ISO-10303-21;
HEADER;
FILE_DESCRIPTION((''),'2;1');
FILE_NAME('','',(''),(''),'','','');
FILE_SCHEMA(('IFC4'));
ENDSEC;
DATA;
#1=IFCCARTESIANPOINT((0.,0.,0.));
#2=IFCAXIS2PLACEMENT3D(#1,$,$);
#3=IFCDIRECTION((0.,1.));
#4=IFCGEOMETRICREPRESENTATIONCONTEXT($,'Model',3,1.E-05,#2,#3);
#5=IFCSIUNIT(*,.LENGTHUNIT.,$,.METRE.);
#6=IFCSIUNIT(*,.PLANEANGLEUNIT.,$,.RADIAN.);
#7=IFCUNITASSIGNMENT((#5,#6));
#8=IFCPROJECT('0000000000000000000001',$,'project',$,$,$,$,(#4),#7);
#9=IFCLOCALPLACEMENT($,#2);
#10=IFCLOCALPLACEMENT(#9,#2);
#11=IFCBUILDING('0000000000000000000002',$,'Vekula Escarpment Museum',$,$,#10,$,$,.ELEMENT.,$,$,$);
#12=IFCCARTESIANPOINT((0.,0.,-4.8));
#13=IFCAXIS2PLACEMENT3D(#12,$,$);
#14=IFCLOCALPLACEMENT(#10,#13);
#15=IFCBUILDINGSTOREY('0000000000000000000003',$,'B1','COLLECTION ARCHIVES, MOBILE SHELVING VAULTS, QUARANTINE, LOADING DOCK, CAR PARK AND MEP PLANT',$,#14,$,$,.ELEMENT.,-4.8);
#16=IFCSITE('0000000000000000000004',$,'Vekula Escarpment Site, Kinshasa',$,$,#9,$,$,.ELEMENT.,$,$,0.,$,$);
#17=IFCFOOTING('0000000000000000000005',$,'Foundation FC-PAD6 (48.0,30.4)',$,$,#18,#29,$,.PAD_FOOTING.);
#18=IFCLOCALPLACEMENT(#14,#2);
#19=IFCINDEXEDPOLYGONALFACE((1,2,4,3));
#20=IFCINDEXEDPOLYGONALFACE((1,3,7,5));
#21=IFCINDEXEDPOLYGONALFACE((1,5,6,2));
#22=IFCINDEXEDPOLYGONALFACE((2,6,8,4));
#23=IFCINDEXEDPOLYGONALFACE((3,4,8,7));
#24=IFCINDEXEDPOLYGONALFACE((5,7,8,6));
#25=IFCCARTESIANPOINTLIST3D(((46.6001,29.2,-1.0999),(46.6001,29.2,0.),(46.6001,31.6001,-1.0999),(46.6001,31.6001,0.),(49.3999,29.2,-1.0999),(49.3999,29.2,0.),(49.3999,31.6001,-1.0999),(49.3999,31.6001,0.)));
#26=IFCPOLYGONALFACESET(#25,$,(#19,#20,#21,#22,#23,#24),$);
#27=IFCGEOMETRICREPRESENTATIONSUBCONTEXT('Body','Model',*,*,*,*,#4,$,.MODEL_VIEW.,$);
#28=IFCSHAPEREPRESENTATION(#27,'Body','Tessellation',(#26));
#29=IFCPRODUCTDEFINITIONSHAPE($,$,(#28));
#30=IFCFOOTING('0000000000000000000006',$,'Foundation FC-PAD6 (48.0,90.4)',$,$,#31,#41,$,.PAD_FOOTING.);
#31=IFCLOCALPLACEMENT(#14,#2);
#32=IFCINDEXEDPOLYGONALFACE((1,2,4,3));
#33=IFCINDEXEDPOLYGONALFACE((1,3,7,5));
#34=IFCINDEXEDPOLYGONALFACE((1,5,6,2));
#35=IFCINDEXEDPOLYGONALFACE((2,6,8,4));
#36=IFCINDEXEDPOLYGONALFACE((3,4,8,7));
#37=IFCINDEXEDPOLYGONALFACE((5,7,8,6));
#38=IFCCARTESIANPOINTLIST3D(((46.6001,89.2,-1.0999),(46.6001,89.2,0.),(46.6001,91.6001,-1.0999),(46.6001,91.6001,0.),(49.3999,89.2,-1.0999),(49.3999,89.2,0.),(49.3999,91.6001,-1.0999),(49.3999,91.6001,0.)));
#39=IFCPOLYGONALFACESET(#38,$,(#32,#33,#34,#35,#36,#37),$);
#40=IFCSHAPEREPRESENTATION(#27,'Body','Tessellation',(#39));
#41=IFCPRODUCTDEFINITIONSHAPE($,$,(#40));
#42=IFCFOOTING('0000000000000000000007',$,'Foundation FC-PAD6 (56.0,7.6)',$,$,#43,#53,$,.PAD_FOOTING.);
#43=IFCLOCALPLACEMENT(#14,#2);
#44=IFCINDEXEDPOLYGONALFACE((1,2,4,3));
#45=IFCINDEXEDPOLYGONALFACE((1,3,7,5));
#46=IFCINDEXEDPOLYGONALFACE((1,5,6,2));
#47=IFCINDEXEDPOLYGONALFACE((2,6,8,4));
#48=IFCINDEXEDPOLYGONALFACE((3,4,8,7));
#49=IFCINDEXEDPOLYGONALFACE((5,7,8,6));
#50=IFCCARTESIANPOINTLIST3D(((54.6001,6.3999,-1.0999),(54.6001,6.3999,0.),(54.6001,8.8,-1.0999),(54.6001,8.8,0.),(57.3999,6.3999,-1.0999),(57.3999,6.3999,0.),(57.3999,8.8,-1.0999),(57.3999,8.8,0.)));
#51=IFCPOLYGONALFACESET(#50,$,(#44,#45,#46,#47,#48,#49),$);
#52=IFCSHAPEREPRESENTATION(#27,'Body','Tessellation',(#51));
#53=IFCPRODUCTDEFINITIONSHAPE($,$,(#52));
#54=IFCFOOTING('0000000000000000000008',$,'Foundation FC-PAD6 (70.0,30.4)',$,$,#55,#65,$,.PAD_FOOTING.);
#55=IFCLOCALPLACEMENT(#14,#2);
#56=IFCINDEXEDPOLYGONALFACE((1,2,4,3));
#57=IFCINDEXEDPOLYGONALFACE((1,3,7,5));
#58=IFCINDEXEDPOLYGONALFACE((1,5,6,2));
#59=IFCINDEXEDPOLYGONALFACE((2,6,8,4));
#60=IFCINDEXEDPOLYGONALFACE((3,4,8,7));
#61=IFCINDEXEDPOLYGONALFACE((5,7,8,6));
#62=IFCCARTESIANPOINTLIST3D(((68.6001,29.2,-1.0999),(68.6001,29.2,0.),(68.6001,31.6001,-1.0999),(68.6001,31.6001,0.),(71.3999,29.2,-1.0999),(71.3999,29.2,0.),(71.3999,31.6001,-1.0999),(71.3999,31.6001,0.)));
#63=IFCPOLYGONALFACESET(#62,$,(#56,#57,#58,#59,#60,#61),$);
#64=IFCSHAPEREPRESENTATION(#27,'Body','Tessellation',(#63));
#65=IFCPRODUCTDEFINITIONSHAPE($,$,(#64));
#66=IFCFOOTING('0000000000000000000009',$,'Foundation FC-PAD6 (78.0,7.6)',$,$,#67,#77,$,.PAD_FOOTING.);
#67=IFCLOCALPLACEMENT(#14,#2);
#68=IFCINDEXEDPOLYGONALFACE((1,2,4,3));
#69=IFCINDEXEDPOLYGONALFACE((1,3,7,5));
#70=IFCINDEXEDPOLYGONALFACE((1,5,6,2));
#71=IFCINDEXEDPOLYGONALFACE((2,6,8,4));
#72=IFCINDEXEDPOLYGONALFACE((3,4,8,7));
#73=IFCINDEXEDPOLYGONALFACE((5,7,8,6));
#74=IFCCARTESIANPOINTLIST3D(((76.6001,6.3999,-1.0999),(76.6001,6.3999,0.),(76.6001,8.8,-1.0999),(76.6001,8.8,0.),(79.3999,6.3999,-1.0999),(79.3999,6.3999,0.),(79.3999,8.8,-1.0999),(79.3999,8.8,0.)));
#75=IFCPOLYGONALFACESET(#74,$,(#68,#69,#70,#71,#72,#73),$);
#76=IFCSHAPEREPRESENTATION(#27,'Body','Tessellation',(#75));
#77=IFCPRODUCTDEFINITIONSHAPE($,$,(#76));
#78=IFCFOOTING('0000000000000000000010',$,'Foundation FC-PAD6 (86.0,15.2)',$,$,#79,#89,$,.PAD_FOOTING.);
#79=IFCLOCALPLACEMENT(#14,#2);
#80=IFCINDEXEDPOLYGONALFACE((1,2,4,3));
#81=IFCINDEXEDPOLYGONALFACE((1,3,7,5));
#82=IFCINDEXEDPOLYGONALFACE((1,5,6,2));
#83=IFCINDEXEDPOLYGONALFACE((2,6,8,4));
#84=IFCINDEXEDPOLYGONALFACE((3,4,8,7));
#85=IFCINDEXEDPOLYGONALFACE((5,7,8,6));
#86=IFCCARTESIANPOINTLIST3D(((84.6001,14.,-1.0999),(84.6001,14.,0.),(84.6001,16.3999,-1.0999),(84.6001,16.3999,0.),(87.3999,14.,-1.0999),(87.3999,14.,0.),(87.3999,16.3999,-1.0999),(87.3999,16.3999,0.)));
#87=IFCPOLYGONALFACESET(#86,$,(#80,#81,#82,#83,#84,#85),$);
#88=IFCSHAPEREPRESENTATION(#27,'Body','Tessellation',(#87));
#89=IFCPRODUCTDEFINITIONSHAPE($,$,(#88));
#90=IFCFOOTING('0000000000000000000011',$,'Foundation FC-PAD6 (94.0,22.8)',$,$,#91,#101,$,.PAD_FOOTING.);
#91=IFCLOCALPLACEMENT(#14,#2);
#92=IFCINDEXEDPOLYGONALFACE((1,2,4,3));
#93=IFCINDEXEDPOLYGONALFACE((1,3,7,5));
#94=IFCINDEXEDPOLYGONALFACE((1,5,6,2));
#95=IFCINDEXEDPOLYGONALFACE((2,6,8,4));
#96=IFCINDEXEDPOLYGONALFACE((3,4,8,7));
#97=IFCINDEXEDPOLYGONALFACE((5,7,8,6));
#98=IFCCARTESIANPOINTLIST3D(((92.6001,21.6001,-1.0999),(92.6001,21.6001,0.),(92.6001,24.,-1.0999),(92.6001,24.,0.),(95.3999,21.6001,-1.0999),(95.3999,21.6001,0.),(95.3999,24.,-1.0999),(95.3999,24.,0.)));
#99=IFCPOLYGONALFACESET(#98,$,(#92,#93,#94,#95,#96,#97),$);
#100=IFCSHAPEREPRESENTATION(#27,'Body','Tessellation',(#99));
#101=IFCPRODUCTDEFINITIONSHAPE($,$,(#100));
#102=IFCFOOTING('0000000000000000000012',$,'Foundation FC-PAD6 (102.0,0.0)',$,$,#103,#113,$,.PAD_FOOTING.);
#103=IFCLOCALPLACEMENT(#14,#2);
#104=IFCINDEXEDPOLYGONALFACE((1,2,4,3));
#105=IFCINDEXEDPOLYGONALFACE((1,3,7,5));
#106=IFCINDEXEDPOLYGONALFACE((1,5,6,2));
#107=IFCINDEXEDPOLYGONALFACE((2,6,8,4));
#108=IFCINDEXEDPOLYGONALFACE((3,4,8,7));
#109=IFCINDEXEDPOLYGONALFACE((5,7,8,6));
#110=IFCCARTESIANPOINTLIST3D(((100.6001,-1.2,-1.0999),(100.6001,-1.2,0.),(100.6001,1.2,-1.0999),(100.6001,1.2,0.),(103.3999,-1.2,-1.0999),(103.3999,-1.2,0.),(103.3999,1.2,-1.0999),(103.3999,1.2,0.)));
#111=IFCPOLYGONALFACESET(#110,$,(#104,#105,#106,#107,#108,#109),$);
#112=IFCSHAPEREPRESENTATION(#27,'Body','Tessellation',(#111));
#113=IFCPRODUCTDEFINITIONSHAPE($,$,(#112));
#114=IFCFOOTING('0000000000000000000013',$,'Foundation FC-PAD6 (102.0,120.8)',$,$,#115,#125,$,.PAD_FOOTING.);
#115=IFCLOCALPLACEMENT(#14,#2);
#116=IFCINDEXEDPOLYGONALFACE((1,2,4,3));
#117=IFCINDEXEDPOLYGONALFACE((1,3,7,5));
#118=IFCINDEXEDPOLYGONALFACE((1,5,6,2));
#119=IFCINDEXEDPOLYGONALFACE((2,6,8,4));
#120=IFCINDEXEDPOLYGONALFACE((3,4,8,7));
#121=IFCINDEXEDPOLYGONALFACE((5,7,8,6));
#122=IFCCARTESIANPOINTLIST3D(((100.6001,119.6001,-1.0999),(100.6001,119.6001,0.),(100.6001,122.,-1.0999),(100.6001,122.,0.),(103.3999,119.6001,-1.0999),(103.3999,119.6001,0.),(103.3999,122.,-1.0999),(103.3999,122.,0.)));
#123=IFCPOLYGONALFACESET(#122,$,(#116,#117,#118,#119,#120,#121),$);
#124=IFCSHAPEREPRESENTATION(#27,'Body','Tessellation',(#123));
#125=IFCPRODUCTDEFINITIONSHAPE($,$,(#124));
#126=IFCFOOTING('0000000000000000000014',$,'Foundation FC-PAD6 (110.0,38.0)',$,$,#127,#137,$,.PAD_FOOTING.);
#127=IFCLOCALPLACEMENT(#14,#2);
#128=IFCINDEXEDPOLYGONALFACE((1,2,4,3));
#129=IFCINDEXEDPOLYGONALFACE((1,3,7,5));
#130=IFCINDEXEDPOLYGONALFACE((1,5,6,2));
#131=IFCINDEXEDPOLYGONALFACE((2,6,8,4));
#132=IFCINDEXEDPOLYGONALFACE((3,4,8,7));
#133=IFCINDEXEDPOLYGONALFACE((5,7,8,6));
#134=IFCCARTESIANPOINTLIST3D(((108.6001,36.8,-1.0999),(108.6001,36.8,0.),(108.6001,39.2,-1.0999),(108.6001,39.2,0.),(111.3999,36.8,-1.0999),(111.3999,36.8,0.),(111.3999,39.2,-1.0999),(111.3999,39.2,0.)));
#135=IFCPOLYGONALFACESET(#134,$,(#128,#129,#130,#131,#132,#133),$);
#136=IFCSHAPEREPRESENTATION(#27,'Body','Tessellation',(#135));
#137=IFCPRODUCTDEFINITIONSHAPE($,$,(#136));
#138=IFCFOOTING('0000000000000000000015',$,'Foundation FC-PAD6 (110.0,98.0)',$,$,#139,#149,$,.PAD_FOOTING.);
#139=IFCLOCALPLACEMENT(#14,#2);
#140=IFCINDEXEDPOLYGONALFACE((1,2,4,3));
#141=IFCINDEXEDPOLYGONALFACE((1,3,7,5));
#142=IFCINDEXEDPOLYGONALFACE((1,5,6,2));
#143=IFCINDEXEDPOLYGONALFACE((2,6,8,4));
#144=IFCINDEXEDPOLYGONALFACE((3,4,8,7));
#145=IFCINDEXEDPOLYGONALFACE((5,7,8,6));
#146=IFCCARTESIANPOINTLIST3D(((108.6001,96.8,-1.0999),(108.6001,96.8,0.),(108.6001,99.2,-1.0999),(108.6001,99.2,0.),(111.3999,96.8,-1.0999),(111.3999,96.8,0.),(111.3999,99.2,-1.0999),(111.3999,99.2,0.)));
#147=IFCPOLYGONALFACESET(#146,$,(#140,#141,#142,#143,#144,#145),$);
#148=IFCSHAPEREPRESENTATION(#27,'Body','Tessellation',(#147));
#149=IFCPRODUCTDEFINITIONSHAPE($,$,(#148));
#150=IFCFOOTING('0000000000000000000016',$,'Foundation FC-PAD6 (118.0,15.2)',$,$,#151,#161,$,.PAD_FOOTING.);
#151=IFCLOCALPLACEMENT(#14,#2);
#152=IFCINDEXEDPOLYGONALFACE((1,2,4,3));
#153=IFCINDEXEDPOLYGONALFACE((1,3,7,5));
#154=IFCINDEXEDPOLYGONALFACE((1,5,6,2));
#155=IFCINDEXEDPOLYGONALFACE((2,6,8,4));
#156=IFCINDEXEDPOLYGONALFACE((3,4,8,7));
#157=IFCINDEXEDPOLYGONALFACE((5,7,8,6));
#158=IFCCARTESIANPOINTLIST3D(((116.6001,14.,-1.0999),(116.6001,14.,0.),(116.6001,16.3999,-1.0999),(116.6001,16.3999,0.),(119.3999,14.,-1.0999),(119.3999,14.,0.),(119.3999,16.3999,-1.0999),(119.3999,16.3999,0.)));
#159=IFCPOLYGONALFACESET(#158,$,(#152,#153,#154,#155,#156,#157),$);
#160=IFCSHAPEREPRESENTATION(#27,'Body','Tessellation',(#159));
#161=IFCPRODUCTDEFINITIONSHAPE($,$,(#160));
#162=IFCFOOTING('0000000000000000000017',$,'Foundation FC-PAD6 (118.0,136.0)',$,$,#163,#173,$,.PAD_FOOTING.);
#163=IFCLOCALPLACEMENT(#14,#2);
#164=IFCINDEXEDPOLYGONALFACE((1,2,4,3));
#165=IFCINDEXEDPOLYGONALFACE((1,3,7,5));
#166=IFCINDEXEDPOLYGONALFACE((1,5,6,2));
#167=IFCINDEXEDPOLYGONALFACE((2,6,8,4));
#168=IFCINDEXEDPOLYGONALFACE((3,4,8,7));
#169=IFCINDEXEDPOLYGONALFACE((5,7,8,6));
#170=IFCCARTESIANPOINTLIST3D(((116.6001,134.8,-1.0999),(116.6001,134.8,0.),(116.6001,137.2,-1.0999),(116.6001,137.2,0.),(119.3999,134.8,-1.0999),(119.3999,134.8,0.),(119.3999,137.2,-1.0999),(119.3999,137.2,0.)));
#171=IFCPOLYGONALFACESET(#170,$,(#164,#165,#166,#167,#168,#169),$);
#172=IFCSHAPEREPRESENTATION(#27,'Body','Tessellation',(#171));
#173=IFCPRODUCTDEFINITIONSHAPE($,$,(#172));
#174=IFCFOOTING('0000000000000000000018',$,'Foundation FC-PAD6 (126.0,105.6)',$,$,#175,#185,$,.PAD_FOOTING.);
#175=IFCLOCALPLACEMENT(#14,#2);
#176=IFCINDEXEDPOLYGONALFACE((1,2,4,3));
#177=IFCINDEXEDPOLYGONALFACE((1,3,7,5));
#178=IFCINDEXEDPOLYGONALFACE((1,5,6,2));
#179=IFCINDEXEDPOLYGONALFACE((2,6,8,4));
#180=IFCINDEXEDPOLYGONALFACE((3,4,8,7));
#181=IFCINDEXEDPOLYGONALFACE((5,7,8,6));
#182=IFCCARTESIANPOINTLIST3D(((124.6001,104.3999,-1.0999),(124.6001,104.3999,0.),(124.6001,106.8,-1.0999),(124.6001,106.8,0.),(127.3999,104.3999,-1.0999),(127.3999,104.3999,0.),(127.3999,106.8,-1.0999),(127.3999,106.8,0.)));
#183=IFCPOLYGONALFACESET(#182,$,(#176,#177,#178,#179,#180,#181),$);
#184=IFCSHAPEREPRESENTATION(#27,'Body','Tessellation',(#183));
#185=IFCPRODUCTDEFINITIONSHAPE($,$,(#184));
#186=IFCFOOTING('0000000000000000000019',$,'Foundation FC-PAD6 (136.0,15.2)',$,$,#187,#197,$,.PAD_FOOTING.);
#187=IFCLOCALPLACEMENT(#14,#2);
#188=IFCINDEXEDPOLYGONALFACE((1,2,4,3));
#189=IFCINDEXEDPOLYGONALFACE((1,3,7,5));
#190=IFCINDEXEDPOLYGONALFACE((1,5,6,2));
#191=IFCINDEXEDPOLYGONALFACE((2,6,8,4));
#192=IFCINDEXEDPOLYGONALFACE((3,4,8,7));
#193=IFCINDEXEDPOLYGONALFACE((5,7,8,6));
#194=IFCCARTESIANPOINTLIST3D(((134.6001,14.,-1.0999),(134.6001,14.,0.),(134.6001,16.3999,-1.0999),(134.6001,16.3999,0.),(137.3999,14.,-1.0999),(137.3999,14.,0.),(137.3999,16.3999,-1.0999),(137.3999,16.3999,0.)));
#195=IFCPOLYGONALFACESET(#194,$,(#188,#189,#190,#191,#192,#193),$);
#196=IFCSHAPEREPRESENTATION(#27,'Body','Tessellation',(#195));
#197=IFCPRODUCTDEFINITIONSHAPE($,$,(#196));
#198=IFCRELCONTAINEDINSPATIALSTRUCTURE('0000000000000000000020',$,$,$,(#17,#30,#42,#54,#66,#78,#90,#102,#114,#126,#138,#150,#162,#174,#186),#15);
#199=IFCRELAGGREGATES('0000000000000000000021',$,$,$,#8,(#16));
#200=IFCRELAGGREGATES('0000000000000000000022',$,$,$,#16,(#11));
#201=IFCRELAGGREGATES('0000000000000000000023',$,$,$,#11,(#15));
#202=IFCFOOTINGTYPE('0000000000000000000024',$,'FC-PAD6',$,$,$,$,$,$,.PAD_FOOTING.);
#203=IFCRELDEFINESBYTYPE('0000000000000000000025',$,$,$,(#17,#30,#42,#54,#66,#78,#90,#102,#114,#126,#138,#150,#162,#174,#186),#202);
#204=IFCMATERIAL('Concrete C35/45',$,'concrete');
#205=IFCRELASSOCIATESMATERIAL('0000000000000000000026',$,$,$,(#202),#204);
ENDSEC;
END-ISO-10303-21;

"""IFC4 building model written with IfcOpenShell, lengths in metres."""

from ifc_helpers import new_model, si_unit, direction, frame, origin, place, context, subcontext, project, spatial, polyline, outline, extrude, material, type_object, element, save


model = new_model("IFC4")

# Units and contexts
model_context = context("Model", 3, precision=1e-05, world=origin(), true_north=direction((0.0, 1.0)))
body_context = subcontext(model_context, "Body", "Model", "MODEL_VIEW")
ifc_project = project(units=[si_unit("LENGTHUNIT", "METRE"), si_unit("PLANEANGLEUNIT", "RADIAN")], contexts=[model_context])

# Site, building, storey
site_placement = place(None, origin())
site = spatial("IfcSite", under=ifc_project, at=site_placement, Name="Vekula Escarpment Site, Kinshasa", CompositionType="ELEMENT", RefElevation=0.0)
building_placement = place(site_placement, origin())
building = spatial("IfcBuilding", under=site, at=building_placement, Name="Vekula Escarpment Museum", CompositionType="ELEMENT")
storey_placement = place(building_placement, frame((0.0, 0.0, -4.8)))
storey = spatial("IfcBuildingStorey", under=building, at=storey_placement, Name="B1", Description="COLLECTION ARCHIVES, MOBILE SHELVING VAULTS, QUARANTINE, LOADING DOCK, CAR PARK AND MEP PLANT", CompositionType="ELEMENT", Elevation=-4.8)

# Footings
ifc_material_1 = material(Name="Concrete C35/45", Category="concrete")
footing_type_1 = type_object("IfcFootingType", Name="FC-PAD6", PredefinedType="PAD_FOOTING", material=ifc_material_1)
footing_1_placement = place(storey_placement, frame((0.0, 0.0, -1.0999)))
element("IfcFooting", 1, at=footing_1_placement, inside=storey, type_object=footing_type_1, Name="Foundation FC-PAD6 (48.0,30.4)", PredefinedType="PAD_FOOTING", context=body_context, shape_type="SweptSolid", body=[
    extrude(outline(polyline([(46.6001, 29.2), (49.3999, 29.2), (49.3999, 31.6001), (46.6001, 31.6001), (46.6001, 29.2)])), origin(), (0.0, 0.0, 1.0), 1.0999),
])
footing_2_placement = place(storey_placement, frame((0.0, 0.0, -1.0999)))
element("IfcFooting", 2, at=footing_2_placement, inside=storey, type_object=footing_type_1, Name="Foundation FC-PAD6 (48.0,90.4)", PredefinedType="PAD_FOOTING", context=body_context, shape_type="SweptSolid", body=[
    extrude(outline(polyline([(46.6001, 89.2), (49.3999, 89.2), (49.3999, 91.6001), (46.6001, 91.6001), (46.6001, 89.2)])), origin(), (0.0, 0.0, 1.0), 1.0999),
])
footing_3_placement = place(storey_placement, frame((0.0, 0.0, -1.0999)))
element("IfcFooting", 3, at=footing_3_placement, inside=storey, type_object=footing_type_1, Name="Foundation FC-PAD6 (56.0,7.6)", PredefinedType="PAD_FOOTING", context=body_context, shape_type="SweptSolid", body=[
    extrude(outline(polyline([(54.6001, 6.3999), (57.3999, 6.3999), (57.3999, 8.8), (54.6001, 8.8), (54.6001, 6.3999)])), origin(), (0.0, 0.0, 1.0), 1.0999),
])
footing_4_placement = place(storey_placement, frame((0.0, 0.0, -1.0999)))
element("IfcFooting", 4, at=footing_4_placement, inside=storey, type_object=footing_type_1, Name="Foundation FC-PAD6 (70.0,30.4)", PredefinedType="PAD_FOOTING", context=body_context, shape_type="SweptSolid", body=[
    extrude(outline(polyline([(68.6001, 29.2), (71.3999, 29.2), (71.3999, 31.6001), (68.6001, 31.6001), (68.6001, 29.2)])), origin(), (0.0, 0.0, 1.0), 1.0999),
])
footing_5_placement = place(storey_placement, frame((0.0, 0.0, -1.0999)))
element("IfcFooting", 5, at=footing_5_placement, inside=storey, type_object=footing_type_1, Name="Foundation FC-PAD6 (78.0,7.6)", PredefinedType="PAD_FOOTING", context=body_context, shape_type="SweptSolid", body=[
    extrude(outline(polyline([(76.6001, 6.3999), (79.3999, 6.3999), (79.3999, 8.8), (76.6001, 8.8), (76.6001, 6.3999)])), origin(), (0.0, 0.0, 1.0), 1.0999),
])
footing_6_placement = place(storey_placement, frame((0.0, 0.0, -1.0999)))
element("IfcFooting", 6, at=footing_6_placement, inside=storey, type_object=footing_type_1, Name="Foundation FC-PAD6 (86.0,15.2)", PredefinedType="PAD_FOOTING", context=body_context, shape_type="SweptSolid", body=[
    extrude(outline(polyline([(84.6001, 14.0), (87.3999, 14.0), (87.3999, 16.3999), (84.6001, 16.3999), (84.6001, 14.0)])), origin(), (0.0, 0.0, 1.0), 1.0999),
])
footing_7_placement = place(storey_placement, frame((0.0, 0.0, -1.0999)))
element("IfcFooting", 7, at=footing_7_placement, inside=storey, type_object=footing_type_1, Name="Foundation FC-PAD6 (94.0,22.8)", PredefinedType="PAD_FOOTING", context=body_context, shape_type="SweptSolid", body=[
    extrude(outline(polyline([(92.6001, 21.6001), (95.3999, 21.6001), (95.3999, 24.0), (92.6001, 24.0), (92.6001, 21.6001)])), origin(), (0.0, 0.0, 1.0), 1.0999),
])
footing_8_placement = place(storey_placement, frame((0.0, 0.0, -1.0999)))
element("IfcFooting", 8, at=footing_8_placement, inside=storey, type_object=footing_type_1, Name="Foundation FC-PAD6 (102.0,0.0)", PredefinedType="PAD_FOOTING", context=body_context, shape_type="SweptSolid", body=[
    extrude(outline(polyline([(100.6001, -1.2), (103.3999, -1.2), (103.3999, 1.2), (100.6001, 1.2), (100.6001, -1.2)])), origin(), (0.0, 0.0, 1.0), 1.0999),
])
footing_9_placement = place(storey_placement, frame((0.0, 0.0, -1.0999)))
element("IfcFooting", 9, at=footing_9_placement, inside=storey, type_object=footing_type_1, Name="Foundation FC-PAD6 (102.0,120.8)", PredefinedType="PAD_FOOTING", context=body_context, shape_type="SweptSolid", body=[
    extrude(outline(polyline([(100.6001, 119.6001), (103.3999, 119.6001), (103.3999, 122.0), (100.6001, 122.0), (100.6001, 119.6001)])), origin(), (0.0, 0.0, 1.0), 1.0999),
])
footing_10_placement = place(storey_placement, frame((0.0, 0.0, -1.0999)))
element("IfcFooting", 10, at=footing_10_placement, inside=storey, type_object=footing_type_1, Name="Foundation FC-PAD6 (110.0,38.0)", PredefinedType="PAD_FOOTING", context=body_context, shape_type="SweptSolid", body=[
    extrude(outline(polyline([(108.6001, 36.8), (111.3999, 36.8), (111.3999, 39.2), (108.6001, 39.2), (108.6001, 36.8)])), origin(), (0.0, 0.0, 1.0), 1.0999),
])
footing_11_placement = place(storey_placement, frame((0.0, 0.0, -1.0999)))
element("IfcFooting", 11, at=footing_11_placement, inside=storey, type_object=footing_type_1, Name="Foundation FC-PAD6 (110.0,98.0)", PredefinedType="PAD_FOOTING", context=body_context, shape_type="SweptSolid", body=[
    extrude(outline(polyline([(108.6001, 96.8), (111.3999, 96.8), (111.3999, 99.2), (108.6001, 99.2), (108.6001, 96.8)])), origin(), (0.0, 0.0, 1.0), 1.0999),
])
footing_12_placement = place(storey_placement, frame((0.0, 0.0, -1.0999)))
element("IfcFooting", 12, at=footing_12_placement, inside=storey, type_object=footing_type_1, Name="Foundation FC-PAD6 (118.0,15.2)", PredefinedType="PAD_FOOTING", context=body_context, shape_type="SweptSolid", body=[
    extrude(outline(polyline([(116.6001, 14.0), (119.3999, 14.0), (119.3999, 16.3999), (116.6001, 16.3999), (116.6001, 14.0)])), origin(), (0.0, 0.0, 1.0), 1.0999),
])
footing_13_placement = place(storey_placement, frame((0.0, 0.0, -1.0999)))
element("IfcFooting", 13, at=footing_13_placement, inside=storey, type_object=footing_type_1, Name="Foundation FC-PAD6 (118.0,136.0)", PredefinedType="PAD_FOOTING", context=body_context, shape_type="SweptSolid", body=[
    extrude(outline(polyline([(116.6001, 134.8), (119.3999, 134.8), (119.3999, 137.2), (116.6001, 137.2), (116.6001, 134.8)])), origin(), (0.0, 0.0, 1.0), 1.0999),
])
footing_14_placement = place(storey_placement, frame((0.0, 0.0, -1.0999)))
element("IfcFooting", 14, at=footing_14_placement, inside=storey, type_object=footing_type_1, Name="Foundation FC-PAD6 (126.0,105.6)", PredefinedType="PAD_FOOTING", context=body_context, shape_type="SweptSolid", body=[
    extrude(outline(polyline([(124.6001, 104.3999), (127.3999, 104.3999), (127.3999, 106.8), (124.6001, 106.8), (124.6001, 104.3999)])), origin(), (0.0, 0.0, 1.0), 1.0999),
])
footing_15_placement = place(storey_placement, frame((0.0, 0.0, -1.0999)))
element("IfcFooting", 15, at=footing_15_placement, inside=storey, type_object=footing_type_1, Name="Foundation FC-PAD6 (136.0,15.2)", PredefinedType="PAD_FOOTING", context=body_context, shape_type="SweptSolid", body=[
    extrude(outline(polyline([(134.6001, 14.0), (137.3999, 14.0), (137.3999, 16.3999), (134.6001, 16.3999), (134.6001, 14.0)])), origin(), (0.0, 0.0, 1.0), 1.0999),
])

save(model, "model.ifc")
